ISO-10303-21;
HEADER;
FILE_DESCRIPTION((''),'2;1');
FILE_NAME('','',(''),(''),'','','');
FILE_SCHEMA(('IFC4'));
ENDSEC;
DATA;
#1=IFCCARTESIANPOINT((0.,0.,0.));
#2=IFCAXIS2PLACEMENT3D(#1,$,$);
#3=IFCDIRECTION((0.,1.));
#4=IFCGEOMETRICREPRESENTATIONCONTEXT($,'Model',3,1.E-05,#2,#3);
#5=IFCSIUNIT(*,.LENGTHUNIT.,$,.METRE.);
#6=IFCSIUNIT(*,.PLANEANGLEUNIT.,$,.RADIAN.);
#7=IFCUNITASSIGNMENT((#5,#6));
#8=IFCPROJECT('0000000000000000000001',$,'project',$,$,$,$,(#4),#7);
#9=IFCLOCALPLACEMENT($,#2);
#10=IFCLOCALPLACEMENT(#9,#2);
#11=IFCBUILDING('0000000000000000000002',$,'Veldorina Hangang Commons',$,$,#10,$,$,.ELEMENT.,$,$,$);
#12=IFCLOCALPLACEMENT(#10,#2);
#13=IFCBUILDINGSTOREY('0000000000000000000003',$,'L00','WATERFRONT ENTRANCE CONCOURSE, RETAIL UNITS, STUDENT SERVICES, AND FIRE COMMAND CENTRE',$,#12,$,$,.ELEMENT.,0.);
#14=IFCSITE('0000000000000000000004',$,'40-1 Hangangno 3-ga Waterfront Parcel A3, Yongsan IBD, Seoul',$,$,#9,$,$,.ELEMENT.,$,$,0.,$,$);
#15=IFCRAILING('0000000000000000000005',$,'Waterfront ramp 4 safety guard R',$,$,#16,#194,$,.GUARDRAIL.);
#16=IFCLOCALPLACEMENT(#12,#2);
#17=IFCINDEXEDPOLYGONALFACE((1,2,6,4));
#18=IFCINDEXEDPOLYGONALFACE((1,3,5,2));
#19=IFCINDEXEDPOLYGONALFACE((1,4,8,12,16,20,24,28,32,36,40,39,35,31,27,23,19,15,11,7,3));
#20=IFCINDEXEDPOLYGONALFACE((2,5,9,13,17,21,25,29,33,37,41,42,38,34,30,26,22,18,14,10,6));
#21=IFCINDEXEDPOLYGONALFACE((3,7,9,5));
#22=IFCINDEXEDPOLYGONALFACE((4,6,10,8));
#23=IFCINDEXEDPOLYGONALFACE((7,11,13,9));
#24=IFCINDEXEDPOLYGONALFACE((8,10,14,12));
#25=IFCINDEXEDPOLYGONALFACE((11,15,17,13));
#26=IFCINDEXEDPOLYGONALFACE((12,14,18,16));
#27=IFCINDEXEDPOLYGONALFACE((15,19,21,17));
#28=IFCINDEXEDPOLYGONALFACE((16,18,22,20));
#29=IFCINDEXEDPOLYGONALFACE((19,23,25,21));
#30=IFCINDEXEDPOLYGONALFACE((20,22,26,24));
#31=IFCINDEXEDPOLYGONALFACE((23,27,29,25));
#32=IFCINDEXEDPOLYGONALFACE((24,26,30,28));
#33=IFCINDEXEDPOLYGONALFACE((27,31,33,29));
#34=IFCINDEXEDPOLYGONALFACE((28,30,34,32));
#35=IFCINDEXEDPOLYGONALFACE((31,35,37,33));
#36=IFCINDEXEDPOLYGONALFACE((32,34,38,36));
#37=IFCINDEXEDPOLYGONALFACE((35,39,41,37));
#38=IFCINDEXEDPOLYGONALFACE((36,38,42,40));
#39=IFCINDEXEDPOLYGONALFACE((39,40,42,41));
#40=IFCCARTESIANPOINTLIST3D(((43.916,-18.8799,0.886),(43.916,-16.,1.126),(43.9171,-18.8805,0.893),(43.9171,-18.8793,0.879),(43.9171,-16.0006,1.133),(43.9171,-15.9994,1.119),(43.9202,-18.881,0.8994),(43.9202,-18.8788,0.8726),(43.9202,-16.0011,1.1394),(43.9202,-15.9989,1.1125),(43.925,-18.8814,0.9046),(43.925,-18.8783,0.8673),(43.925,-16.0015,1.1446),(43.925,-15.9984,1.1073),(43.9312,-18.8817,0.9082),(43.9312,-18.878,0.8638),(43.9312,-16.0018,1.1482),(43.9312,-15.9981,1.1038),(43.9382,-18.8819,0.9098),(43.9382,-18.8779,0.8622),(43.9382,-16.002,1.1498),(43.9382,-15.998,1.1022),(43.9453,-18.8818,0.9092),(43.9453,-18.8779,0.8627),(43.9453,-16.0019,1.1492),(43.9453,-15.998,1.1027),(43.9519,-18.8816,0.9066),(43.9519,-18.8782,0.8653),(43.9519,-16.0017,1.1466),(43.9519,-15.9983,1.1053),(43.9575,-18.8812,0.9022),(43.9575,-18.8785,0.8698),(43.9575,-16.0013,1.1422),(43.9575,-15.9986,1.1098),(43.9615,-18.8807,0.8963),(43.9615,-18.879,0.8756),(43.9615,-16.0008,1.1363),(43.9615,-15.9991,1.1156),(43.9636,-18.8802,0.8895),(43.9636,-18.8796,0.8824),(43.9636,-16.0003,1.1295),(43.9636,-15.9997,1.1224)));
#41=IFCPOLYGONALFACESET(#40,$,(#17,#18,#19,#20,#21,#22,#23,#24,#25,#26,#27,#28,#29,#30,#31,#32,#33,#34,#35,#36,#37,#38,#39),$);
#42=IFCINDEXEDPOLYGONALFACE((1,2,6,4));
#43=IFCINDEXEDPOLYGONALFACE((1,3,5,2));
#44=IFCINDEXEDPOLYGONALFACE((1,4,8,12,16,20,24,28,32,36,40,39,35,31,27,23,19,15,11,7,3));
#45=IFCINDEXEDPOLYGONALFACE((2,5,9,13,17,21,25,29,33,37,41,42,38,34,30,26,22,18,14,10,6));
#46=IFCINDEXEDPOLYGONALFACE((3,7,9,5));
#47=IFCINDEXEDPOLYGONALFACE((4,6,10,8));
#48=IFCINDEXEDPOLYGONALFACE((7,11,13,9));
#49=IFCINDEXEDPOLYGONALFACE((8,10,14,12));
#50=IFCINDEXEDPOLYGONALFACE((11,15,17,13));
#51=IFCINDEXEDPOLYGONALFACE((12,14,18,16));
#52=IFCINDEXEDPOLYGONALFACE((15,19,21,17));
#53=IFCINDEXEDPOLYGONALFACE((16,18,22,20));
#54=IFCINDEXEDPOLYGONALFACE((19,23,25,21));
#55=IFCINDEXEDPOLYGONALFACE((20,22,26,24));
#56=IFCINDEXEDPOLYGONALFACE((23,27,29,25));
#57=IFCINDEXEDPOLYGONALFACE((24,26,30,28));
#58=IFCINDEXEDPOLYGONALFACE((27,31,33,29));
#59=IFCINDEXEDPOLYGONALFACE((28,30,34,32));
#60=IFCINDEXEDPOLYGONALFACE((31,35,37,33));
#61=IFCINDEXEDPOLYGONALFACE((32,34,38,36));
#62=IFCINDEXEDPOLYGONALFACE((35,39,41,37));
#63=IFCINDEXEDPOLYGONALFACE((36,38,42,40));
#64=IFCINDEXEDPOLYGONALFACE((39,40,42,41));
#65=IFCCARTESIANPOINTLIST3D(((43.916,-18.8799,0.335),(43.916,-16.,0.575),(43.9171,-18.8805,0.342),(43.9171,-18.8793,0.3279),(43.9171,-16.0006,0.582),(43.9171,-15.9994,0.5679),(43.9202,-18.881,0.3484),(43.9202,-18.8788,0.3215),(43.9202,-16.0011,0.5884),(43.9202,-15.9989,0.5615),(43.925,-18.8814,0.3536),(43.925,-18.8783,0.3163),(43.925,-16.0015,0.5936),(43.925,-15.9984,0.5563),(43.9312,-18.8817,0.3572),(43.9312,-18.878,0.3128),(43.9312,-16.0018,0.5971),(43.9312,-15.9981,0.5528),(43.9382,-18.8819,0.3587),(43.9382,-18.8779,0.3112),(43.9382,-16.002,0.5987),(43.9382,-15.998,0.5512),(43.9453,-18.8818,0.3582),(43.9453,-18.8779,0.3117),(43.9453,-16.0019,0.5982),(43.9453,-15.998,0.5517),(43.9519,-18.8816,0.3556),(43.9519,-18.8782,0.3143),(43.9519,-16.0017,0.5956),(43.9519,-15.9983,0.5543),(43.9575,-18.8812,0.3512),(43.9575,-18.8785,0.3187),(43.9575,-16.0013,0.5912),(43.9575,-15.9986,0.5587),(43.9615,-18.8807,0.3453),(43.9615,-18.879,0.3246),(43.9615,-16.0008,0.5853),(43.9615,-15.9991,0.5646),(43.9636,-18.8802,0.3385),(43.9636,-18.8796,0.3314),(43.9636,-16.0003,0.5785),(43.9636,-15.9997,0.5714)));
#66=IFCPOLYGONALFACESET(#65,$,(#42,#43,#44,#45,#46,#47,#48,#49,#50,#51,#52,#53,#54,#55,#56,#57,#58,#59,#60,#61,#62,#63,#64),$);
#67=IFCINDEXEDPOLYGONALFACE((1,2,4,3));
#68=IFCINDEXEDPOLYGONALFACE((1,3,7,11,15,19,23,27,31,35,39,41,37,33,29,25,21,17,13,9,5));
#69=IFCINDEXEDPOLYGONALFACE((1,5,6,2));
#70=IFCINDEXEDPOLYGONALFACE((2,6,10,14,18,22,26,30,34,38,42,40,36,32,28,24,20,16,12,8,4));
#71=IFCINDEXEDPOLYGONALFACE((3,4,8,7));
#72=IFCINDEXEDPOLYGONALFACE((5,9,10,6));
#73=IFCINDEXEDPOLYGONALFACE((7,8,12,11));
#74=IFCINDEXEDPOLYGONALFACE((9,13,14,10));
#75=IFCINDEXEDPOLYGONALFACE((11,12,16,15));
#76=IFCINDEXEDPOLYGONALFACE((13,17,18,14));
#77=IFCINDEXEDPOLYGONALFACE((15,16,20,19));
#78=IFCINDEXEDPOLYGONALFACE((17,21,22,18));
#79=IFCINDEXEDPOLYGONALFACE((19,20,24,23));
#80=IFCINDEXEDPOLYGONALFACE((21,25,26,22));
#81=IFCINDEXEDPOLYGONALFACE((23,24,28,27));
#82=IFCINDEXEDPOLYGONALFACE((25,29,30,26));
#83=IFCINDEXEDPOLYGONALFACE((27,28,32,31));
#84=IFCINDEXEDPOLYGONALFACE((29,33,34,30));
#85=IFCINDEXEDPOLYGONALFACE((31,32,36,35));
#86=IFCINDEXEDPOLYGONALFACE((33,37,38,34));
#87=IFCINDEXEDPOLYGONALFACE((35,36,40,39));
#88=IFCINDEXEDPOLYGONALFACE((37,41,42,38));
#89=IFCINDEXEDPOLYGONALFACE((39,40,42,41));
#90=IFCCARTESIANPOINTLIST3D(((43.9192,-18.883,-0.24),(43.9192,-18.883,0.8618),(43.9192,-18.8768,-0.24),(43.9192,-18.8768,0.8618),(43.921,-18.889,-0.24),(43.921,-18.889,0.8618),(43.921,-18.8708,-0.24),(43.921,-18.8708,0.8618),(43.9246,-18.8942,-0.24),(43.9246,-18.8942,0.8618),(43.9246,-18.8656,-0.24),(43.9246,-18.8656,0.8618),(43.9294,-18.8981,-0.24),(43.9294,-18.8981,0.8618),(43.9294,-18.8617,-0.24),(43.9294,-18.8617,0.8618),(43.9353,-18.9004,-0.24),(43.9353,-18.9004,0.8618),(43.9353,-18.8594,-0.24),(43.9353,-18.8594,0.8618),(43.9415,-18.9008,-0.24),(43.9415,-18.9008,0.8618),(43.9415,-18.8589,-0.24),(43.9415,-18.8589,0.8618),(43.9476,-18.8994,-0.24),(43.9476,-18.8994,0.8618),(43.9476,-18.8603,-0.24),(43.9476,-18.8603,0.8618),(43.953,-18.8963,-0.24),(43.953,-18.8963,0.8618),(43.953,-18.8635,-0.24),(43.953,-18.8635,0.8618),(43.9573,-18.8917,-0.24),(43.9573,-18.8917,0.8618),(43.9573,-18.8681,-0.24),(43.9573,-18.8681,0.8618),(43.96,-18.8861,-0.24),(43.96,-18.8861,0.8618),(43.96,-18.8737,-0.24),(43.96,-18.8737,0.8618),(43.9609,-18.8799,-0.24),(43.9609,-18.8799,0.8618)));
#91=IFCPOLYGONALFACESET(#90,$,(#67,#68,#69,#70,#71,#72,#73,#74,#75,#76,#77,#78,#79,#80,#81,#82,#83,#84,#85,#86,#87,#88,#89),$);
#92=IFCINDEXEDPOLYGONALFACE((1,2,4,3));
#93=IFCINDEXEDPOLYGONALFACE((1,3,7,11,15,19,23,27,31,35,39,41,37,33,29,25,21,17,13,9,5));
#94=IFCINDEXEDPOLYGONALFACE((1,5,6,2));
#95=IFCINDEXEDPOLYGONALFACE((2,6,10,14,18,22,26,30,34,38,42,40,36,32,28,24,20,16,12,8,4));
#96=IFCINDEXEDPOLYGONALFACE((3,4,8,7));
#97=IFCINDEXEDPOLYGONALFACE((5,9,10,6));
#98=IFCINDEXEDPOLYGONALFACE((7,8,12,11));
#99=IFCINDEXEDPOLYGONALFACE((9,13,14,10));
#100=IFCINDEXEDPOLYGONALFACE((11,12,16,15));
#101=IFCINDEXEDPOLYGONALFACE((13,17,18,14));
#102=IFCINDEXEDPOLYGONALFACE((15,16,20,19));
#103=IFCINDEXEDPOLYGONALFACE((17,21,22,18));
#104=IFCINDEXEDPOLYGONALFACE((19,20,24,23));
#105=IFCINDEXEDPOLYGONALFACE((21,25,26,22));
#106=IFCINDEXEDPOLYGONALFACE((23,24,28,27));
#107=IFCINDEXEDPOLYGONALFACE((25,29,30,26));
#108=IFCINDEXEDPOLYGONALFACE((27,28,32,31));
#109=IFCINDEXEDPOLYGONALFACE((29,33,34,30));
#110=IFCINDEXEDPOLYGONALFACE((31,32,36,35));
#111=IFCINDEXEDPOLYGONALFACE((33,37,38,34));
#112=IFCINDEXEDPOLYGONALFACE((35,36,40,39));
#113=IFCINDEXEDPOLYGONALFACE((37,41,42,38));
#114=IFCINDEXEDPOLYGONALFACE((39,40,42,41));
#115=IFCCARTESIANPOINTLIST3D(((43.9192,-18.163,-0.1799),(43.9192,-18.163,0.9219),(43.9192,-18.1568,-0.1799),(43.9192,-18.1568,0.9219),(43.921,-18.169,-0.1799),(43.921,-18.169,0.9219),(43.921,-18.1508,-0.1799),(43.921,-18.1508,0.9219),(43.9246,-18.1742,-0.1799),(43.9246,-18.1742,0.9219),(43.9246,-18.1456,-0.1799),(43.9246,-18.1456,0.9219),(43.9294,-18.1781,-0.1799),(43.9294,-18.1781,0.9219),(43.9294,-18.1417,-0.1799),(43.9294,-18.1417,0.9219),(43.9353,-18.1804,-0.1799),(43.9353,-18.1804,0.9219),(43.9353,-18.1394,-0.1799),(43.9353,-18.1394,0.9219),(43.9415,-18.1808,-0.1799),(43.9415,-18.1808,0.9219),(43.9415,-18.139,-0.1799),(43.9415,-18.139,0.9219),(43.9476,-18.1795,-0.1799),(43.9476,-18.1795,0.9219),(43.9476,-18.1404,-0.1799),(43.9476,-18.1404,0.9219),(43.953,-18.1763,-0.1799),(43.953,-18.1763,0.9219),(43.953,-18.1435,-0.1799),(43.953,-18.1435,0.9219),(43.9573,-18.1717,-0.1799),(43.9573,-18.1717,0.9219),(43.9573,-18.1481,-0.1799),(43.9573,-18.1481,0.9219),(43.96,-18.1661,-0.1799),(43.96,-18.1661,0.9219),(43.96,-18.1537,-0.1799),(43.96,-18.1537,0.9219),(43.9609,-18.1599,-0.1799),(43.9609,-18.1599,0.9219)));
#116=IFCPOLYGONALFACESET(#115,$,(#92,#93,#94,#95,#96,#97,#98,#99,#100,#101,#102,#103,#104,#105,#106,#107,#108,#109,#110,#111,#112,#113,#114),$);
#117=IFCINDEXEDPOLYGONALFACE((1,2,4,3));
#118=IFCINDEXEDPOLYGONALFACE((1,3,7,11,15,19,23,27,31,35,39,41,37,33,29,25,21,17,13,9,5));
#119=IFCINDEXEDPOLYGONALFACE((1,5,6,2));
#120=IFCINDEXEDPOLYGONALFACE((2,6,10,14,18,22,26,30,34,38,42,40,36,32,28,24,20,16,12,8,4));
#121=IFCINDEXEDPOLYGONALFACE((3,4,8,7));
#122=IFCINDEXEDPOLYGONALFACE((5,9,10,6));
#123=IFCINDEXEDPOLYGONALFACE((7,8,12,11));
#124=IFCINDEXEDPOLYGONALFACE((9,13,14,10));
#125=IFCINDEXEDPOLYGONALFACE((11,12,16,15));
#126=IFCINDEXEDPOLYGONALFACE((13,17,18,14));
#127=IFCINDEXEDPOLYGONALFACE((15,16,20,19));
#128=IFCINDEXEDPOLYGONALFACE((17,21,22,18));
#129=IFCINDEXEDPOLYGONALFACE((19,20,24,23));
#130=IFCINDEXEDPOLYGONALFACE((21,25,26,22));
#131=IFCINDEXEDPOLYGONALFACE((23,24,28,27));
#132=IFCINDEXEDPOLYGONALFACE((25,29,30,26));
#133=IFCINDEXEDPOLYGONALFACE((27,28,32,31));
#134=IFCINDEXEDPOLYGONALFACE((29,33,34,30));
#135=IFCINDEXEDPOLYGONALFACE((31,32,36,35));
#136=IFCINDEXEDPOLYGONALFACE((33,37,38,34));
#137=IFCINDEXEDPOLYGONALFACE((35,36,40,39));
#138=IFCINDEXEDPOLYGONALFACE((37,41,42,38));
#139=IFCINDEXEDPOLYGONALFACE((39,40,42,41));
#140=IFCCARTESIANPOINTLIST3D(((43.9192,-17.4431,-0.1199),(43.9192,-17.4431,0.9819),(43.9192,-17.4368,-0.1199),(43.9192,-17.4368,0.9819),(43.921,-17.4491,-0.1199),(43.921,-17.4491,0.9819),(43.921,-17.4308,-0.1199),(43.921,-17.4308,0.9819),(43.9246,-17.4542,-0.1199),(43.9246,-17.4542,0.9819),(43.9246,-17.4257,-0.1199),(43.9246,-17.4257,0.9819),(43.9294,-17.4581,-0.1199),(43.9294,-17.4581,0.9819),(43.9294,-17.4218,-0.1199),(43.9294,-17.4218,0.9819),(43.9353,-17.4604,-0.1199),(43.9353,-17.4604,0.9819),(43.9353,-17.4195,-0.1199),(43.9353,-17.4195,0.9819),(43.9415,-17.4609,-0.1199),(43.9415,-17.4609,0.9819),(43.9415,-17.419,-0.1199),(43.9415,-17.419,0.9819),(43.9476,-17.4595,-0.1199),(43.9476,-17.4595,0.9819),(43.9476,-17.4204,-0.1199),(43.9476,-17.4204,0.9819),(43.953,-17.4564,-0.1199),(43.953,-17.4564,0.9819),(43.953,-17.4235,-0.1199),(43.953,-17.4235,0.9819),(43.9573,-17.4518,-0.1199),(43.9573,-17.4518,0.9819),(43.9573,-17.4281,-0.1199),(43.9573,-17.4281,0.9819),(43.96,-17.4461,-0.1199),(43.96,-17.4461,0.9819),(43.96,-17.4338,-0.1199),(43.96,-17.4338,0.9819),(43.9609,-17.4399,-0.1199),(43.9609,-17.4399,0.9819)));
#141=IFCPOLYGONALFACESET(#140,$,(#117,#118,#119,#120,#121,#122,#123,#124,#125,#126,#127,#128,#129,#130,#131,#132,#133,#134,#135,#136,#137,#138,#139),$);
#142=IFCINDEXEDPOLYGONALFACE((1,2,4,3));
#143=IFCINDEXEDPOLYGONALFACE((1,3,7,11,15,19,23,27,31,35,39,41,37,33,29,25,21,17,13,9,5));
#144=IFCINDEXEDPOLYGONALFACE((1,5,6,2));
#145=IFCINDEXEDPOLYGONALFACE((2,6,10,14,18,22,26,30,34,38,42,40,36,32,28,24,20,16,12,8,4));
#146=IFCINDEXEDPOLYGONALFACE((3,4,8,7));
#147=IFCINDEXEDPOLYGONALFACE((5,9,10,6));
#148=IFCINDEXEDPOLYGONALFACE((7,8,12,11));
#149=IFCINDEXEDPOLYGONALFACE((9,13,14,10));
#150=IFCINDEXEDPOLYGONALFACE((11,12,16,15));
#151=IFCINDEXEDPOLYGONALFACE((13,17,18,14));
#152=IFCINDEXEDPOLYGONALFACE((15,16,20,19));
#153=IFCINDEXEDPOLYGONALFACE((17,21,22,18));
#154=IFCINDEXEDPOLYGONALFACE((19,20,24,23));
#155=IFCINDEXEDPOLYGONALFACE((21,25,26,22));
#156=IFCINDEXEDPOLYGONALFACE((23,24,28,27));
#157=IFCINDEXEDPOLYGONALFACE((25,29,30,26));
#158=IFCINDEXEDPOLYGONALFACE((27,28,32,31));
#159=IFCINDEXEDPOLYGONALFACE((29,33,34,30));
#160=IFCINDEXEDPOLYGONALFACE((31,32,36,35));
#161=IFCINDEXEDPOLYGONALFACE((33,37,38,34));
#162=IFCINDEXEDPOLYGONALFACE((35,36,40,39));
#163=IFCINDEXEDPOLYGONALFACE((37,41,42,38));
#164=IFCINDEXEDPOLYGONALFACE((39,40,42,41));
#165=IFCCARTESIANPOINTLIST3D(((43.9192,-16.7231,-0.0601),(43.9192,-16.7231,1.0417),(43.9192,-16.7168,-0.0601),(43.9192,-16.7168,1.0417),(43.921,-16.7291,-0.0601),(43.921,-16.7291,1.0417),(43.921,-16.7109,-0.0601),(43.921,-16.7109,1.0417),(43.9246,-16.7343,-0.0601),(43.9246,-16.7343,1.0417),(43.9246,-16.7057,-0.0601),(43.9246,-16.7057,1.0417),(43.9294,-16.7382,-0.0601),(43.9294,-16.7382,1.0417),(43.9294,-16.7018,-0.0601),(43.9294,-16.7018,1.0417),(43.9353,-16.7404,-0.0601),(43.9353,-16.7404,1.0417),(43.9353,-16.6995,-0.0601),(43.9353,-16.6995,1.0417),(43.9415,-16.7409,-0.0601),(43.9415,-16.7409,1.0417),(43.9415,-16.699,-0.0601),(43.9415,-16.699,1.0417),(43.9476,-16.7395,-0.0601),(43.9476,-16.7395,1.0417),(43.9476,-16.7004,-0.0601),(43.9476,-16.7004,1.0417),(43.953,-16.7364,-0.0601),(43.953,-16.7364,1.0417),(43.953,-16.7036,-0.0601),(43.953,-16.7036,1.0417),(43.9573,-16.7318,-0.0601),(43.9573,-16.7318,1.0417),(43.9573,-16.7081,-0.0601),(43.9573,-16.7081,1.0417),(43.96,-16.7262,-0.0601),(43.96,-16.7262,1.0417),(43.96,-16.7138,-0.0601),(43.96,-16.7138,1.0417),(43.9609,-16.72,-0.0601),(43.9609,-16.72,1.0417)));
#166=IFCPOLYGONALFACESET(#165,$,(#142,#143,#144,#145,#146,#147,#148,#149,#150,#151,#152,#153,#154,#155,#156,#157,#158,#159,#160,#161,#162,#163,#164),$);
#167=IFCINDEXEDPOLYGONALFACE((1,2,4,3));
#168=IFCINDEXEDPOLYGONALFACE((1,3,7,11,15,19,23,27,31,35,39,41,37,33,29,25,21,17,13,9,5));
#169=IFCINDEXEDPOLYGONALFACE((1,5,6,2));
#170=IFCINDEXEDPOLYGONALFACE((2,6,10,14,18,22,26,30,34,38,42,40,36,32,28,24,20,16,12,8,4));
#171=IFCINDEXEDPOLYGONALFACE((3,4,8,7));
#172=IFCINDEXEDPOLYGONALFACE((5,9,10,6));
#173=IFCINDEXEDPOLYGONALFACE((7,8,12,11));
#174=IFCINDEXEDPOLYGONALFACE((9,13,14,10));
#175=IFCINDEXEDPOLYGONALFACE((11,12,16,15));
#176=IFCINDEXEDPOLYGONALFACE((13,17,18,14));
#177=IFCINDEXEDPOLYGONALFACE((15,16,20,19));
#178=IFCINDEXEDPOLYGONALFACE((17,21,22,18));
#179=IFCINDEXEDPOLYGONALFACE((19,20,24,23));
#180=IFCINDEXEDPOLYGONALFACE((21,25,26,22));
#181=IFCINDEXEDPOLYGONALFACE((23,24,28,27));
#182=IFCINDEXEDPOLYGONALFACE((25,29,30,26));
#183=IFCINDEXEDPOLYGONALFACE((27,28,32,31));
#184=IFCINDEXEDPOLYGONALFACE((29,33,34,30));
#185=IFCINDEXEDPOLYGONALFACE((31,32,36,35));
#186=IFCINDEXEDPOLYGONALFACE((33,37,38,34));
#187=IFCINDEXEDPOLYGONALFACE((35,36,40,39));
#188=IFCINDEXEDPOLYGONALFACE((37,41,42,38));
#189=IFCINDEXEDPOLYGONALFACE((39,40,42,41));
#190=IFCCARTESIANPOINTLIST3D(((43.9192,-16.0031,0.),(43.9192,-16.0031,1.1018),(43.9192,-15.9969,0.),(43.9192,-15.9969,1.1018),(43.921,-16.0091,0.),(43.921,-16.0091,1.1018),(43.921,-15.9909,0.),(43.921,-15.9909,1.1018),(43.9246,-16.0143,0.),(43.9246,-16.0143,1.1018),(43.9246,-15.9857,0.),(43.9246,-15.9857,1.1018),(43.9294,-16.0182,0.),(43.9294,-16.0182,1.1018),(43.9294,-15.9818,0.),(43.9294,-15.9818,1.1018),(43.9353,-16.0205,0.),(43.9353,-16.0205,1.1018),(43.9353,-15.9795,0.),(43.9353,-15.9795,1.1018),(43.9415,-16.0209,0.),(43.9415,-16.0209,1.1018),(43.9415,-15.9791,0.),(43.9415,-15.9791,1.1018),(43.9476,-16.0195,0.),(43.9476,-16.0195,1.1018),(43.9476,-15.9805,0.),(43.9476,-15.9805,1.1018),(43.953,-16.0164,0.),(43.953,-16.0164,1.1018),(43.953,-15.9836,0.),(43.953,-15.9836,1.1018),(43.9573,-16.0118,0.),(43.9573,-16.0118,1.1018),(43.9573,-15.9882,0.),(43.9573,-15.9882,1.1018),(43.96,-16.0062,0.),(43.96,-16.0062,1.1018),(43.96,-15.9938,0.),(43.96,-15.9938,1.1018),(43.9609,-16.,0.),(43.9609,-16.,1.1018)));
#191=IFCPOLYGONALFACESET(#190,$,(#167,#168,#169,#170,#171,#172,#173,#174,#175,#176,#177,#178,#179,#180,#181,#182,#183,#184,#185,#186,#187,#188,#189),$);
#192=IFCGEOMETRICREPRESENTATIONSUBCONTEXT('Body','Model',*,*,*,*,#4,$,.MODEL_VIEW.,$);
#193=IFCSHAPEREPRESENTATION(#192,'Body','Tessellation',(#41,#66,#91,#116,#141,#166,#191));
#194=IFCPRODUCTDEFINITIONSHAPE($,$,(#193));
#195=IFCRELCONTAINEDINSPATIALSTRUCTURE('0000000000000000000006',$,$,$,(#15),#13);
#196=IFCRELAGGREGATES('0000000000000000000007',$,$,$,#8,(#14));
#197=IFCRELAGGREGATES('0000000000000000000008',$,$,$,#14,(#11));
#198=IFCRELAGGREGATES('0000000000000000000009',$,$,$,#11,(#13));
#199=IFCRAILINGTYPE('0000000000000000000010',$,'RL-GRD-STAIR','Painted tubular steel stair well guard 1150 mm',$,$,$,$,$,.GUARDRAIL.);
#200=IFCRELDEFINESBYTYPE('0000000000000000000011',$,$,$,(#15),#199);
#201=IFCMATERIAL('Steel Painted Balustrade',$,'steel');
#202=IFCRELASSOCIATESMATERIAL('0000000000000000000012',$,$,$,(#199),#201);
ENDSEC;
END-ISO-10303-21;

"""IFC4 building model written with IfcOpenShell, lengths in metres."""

from ifc_helpers import new_model, si_unit, direction, frame, origin, origin_2d, place, context, subcontext, project, spatial, circle, extrude, material, type_object, element, save


model = new_model("IFC4")

# Units and contexts
model_context = context("Model", 3, precision=1e-05, world=origin(), true_north=direction((0.0, 1.0)))
body_context = subcontext(model_context, "Body", "Model", "MODEL_VIEW")
ifc_project = project(units=[si_unit("LENGTHUNIT", "METRE"), si_unit("PLANEANGLEUNIT", "RADIAN")], contexts=[model_context])

# Site, building, storey
site_placement = place(None, origin())
site = spatial("IfcSite", under=ifc_project, at=site_placement, Name="40-1 Hangangno 3-ga Waterfront Parcel A3, Yongsan IBD, Seoul", CompositionType="ELEMENT", RefElevation=0.0)
building_placement = place(site_placement, origin())
building = spatial("IfcBuilding", under=site, at=building_placement, Name="Veldorina Hangang Commons", CompositionType="ELEMENT")
storey_placement = place(building_placement, origin())
storey = spatial("IfcBuildingStorey", under=building, at=storey_placement, Name="L00", Description="WATERFRONT ENTRANCE CONCOURSE, RETAIL UNITS, STUDENT SERVICES, AND FIRE COMMAND CENTRE", CompositionType="ELEMENT", Elevation=0.0)

# Railing
ifc_material_1 = material(Name="Steel Painted Balustrade", Category="steel")
railing_type_1 = type_object("IfcRailingType", Name="RL-GRD-STAIR", Description="Painted tubular steel stair well guard 1150 mm", PredefinedType="GUARDRAIL", material=ifc_material_1)
for number, where, name in (
    (1, (43.9399, -18.8799, -0.24), "Waterfront ramp 4 safety guard R"),
):
    element("IfcRailing", number, at=place(storey_placement, frame(where)), inside=storey, type_object=railing_type_1, Name=name, PredefinedType="GUARDRAIL", context=body_context, shape_type="SweptSolid", body=[
        extrude(circle(Radius=0.0239, at=origin_2d()), frame((0.0, 0.0, 1.126), z_axis=(0.0, 0.996546, 0.083045), x_axis=(-1.0, 0.0, 0.0)), (0.0, 0.0, 1.0), 2.8899),
        extrude(circle(Radius=0.0239, at=origin_2d()), frame((0.0, 0.0, 0.575), z_axis=(0.0, 0.996546, 0.083045), x_axis=(-1.0, 0.0, 0.0)), (0.0, 0.0, 1.0), 2.8899),
        extrude(circle(Radius=0.021, at=origin_2d()), origin(), (0.0, 0.0, 1.0), 1.1018),
        extrude(circle(Radius=0.021, at=origin_2d()), frame((0.0, 0.72, 0.0601)), (0.0, 0.0, 1.0), 1.1018),
        extrude(circle(Radius=0.021, at=origin_2d()), frame((0.0, 1.4399, 0.1201)), (0.0, 0.0, 1.0), 1.1018),
        extrude(circle(Radius=0.021, at=origin_2d()), frame((0.0, 2.1599, 0.1799)), (0.0, 0.0, 1.0), 1.1018),
        extrude(circle(Radius=0.021, at=origin_2d()), frame((0.0, 2.8799, 0.24)), (0.0, 0.0, 1.0), 1.1018),
    ])

save(model, "model.ifc")
